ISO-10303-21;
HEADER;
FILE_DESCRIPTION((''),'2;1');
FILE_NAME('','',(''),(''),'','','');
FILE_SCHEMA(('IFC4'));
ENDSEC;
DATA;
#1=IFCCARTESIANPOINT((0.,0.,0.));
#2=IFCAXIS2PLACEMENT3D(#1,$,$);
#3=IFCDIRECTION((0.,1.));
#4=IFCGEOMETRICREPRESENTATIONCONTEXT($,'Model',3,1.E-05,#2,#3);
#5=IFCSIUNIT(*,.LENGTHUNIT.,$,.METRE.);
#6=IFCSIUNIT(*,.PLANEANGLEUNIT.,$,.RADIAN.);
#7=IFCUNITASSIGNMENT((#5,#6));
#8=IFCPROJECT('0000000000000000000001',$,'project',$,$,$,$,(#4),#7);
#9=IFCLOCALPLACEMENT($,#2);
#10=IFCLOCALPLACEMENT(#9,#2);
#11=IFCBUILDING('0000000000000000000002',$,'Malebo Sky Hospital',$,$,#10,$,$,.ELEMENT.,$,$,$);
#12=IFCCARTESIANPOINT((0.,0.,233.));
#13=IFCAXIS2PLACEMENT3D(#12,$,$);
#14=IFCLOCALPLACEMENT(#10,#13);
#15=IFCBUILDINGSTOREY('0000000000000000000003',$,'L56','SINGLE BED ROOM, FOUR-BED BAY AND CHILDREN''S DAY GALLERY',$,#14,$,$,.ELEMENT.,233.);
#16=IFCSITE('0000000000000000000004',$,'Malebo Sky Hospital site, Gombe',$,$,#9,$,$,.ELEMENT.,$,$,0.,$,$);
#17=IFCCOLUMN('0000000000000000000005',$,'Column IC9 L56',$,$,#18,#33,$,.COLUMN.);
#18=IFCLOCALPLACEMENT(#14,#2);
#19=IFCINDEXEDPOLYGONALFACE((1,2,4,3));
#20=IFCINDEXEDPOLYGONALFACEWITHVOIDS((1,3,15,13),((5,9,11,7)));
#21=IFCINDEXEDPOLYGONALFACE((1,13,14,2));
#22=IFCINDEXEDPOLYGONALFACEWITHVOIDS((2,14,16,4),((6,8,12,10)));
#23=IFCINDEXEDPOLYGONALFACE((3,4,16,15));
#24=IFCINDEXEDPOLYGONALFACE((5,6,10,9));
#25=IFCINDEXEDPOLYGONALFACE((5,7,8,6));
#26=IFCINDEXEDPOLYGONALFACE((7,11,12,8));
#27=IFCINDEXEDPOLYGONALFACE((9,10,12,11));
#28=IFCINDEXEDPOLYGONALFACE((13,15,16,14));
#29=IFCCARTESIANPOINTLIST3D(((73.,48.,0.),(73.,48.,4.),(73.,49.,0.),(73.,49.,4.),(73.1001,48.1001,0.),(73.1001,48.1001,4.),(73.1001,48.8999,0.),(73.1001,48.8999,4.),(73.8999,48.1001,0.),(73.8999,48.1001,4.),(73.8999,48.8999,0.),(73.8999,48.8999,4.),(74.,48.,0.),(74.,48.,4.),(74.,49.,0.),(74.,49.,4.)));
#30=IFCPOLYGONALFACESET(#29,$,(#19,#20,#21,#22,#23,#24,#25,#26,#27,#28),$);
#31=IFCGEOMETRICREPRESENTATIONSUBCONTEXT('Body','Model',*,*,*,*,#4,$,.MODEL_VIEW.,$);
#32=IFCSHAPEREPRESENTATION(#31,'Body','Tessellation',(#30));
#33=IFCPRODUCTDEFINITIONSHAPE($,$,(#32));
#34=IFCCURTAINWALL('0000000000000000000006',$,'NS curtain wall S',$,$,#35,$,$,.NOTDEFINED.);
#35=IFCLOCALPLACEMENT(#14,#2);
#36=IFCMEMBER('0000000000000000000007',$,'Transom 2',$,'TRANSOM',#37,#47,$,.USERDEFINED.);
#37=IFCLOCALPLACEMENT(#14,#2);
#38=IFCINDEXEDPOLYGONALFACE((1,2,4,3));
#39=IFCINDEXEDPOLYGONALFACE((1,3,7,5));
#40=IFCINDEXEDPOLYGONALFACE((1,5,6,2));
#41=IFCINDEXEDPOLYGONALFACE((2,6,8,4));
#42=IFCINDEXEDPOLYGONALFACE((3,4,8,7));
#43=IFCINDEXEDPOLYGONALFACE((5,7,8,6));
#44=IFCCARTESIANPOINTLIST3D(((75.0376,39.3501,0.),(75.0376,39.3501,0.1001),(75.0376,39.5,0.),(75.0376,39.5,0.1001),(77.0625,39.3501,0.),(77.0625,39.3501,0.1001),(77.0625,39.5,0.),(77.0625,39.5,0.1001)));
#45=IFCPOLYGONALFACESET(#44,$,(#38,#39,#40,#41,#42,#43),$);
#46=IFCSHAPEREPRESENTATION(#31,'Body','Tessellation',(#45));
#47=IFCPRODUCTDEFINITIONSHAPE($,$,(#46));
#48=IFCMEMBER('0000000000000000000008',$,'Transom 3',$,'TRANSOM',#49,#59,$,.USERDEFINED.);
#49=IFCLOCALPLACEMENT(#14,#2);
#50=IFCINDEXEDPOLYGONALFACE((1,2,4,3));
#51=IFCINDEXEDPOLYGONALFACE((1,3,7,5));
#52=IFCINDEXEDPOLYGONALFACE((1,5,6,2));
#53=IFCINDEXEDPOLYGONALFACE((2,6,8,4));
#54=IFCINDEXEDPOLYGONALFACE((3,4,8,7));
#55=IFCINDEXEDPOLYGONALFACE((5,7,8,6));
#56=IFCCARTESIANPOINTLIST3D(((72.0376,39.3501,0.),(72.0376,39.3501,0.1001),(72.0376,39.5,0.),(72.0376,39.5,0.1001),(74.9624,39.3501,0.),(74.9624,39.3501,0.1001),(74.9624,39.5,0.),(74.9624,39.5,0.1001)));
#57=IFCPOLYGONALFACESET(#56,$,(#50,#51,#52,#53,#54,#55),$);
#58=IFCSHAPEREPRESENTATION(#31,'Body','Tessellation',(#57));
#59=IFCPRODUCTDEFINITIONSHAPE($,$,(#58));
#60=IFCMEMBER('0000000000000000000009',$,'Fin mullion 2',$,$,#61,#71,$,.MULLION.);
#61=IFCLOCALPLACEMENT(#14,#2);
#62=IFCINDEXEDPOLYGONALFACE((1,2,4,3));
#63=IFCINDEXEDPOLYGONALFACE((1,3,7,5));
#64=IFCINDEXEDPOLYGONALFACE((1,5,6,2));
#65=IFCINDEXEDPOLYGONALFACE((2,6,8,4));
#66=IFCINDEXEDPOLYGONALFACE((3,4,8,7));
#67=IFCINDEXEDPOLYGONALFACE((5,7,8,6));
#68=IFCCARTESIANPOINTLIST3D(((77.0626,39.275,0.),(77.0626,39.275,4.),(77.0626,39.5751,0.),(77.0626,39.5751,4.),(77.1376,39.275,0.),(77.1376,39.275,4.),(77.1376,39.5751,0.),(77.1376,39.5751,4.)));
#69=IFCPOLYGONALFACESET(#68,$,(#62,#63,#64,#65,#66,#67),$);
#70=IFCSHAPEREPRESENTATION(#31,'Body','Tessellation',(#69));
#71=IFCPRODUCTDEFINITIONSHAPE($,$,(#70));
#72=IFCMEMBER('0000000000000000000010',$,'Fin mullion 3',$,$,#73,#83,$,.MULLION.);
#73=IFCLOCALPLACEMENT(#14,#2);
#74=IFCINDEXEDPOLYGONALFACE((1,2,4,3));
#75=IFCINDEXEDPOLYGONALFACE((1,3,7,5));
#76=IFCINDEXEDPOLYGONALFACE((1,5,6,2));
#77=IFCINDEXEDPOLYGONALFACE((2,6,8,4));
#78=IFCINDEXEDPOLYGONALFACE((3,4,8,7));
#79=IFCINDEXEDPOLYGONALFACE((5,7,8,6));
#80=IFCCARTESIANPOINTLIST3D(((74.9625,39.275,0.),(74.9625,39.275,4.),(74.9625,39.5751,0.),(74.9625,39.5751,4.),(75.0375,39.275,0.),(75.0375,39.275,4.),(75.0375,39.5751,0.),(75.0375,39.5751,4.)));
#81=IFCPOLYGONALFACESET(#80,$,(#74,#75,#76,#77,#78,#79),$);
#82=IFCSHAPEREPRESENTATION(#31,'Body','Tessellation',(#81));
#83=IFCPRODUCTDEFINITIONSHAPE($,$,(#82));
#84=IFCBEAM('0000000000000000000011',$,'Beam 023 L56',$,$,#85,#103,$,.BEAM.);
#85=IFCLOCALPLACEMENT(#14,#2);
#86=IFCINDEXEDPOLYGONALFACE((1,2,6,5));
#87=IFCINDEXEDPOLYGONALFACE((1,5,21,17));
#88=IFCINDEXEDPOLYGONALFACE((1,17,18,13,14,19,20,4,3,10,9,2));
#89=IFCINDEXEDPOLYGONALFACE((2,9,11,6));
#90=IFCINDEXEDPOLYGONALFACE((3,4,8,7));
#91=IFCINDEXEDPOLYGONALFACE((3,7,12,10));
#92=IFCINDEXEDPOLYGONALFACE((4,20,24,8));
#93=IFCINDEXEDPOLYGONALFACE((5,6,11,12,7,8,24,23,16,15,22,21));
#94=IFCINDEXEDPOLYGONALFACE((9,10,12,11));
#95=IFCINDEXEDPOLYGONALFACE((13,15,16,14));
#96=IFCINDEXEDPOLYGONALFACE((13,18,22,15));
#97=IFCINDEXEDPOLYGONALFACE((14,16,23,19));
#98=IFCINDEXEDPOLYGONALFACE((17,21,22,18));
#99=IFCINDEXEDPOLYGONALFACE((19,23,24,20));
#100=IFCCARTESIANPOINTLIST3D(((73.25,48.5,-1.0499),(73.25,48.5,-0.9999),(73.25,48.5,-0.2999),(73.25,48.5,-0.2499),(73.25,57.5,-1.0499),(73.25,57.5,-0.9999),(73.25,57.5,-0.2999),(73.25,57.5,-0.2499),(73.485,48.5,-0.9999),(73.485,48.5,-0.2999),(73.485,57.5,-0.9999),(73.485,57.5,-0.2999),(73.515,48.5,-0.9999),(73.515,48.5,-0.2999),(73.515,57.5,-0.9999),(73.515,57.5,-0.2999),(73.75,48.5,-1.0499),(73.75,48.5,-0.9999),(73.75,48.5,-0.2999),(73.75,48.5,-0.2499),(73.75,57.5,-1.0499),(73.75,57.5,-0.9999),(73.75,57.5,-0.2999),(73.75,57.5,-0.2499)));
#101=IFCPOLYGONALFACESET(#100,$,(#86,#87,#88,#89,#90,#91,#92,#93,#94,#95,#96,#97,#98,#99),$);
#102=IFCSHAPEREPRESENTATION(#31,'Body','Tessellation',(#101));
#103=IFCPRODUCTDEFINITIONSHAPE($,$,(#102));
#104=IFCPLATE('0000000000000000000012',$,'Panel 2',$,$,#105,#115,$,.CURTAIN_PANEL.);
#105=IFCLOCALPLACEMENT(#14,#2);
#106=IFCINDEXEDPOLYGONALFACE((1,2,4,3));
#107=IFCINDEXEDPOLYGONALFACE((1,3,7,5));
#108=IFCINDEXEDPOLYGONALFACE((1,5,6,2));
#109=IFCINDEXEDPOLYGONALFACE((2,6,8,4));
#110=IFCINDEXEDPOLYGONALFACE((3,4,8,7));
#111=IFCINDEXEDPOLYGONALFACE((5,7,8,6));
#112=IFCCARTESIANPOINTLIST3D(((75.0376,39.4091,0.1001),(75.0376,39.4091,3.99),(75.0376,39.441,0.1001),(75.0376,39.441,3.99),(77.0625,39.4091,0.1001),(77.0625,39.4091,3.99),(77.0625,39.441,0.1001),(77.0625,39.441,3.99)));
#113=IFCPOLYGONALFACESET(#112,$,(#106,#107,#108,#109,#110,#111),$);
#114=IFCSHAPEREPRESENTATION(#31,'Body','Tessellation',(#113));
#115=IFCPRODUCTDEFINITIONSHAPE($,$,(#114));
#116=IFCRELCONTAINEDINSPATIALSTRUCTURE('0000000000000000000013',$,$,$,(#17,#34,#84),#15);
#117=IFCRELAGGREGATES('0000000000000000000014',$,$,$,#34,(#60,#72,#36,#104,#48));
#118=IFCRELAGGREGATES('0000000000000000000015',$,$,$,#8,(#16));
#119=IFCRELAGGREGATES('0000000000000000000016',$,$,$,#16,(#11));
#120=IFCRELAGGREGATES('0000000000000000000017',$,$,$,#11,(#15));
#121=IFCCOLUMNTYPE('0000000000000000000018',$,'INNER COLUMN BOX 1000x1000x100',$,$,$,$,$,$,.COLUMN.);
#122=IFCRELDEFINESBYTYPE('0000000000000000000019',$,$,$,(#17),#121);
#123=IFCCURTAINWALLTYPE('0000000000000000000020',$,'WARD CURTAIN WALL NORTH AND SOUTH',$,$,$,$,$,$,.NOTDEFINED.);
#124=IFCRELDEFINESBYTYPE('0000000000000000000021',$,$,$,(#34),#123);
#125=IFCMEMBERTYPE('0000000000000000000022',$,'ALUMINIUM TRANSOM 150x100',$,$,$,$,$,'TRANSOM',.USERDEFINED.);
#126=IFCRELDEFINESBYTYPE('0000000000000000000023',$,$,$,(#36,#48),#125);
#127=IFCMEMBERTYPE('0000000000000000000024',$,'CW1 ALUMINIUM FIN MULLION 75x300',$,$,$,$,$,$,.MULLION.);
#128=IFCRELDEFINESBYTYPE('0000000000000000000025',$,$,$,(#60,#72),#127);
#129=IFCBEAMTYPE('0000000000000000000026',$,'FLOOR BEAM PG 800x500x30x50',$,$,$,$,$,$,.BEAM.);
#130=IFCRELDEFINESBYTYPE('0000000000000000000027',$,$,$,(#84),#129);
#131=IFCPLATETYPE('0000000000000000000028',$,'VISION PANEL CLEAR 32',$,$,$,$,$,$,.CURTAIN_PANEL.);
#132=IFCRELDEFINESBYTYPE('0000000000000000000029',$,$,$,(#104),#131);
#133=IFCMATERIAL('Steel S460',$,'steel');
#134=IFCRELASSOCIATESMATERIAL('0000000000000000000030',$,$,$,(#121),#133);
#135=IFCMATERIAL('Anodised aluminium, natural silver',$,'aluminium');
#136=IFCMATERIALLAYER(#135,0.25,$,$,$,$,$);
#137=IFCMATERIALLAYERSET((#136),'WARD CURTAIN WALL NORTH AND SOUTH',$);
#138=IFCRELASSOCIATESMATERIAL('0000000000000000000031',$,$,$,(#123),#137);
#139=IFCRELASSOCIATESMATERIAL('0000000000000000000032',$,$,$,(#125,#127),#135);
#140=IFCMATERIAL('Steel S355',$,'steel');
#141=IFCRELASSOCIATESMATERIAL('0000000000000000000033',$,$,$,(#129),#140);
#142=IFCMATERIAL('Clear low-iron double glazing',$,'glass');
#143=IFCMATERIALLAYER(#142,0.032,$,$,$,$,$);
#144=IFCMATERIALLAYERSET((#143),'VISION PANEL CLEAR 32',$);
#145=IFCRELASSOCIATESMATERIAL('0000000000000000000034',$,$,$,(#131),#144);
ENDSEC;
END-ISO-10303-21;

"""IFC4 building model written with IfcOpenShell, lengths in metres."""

from ifc_helpers import new_model, si_unit, direction, frame, origin, origin_2d, place, context, subcontext, project, spatial, rectangle, hollow_rectangle, i_section, extrude, material, layer, layer_set, material_profile, profile_set, type_object, element, aggregate, save


model = new_model("IFC4")

# Units and contexts
model_context = context("Model", 3, precision=1e-05, world=origin(), true_north=direction((0.0, 1.0)))
body_context = subcontext(model_context, "Body", "Model", "MODEL_VIEW")
ifc_project = project(units=[si_unit("LENGTHUNIT", "METRE"), si_unit("PLANEANGLEUNIT", "RADIAN")], contexts=[model_context])

# Site, building, storey
site_placement = place(None, origin())
site = spatial("IfcSite", under=ifc_project, at=site_placement, Name="Malebo Sky Hospital site, Gombe", CompositionType="ELEMENT", RefElevation=0.0)
building_placement = place(site_placement, origin())
building = spatial("IfcBuilding", under=site, at=building_placement, Name="Malebo Sky Hospital", CompositionType="ELEMENT")
storey_placement = place(building_placement, frame((0.0, 0.0, 233.0)))
storey = spatial("IfcBuildingStorey", under=building, at=storey_placement, Name="L56", Description="SINGLE BED ROOM, FOUR-BED BAY AND CHILDREN'S DAY GALLERY", CompositionType="ELEMENT", Elevation=233.0)

# Column
ifc_material_1 = material(Name="Steel S460", Category="steel")
ifc_material_profile_1 = material_profile(ifc_material_1, hollow_rectangle(XDim=1.0, YDim=1.0, WallThickness=0.1001, at=origin_2d()), Name="BOX 1000x1000x100")
ifc_profile_set_1 = profile_set([ifc_material_profile_1], Name="Steel S460")
column_type = type_object("IfcColumnType", Name="INNER COLUMN BOX 1000x1000x100", PredefinedType="COLUMN", material=ifc_profile_set_1)
column_placement = place(storey_placement, frame((73.5, 48.5, 0.0), z_axis=(0.0, 0.0, 1.0), x_axis=(1.0, 0.0, 0.0)))
element("IfcColumn", 1, at=column_placement, inside=storey, type_object=column_type, Name="Column IC9 L56", PredefinedType="COLUMN", context=body_context, shape_type="SweptSolid", body=[
    extrude(hollow_rectangle(XDim=1.0, YDim=1.0, WallThickness=0.1001, at=origin_2d()), origin(), (0.0, 0.0, 1.0), 4.0),
])

# Curtain wall, members
ifc_material_2 = material(Name="Anodised aluminium, natural silver", Category="aluminium")
ifc_layer_1 = layer(ifc_material_2, 0.25)
ifc_layer_set_1 = layer_set([ifc_layer_1], Name="WARD CURTAIN WALL NORTH AND SOUTH")
curtain_wall_type = type_object("IfcCurtainWallType", Name="WARD CURTAIN WALL NORTH AND SOUTH", PredefinedType="NOTDEFINED", material=ifc_layer_set_1)
curtain_wall_placement = place(storey_placement, origin())
curtain_wall = element("IfcCurtainWall", 2, at=curtain_wall_placement, inside=storey, type_object=curtain_wall_type, Name="NS curtain wall S", PredefinedType="NOTDEFINED")
ifc_material_profile_2 = material_profile(ifc_material_2, rectangle(XDim=0.1499, YDim=0.1001, at=origin_2d()), Name="ALUMINIUM TRANSOM 150x100")
ifc_profile_set_2 = profile_set([ifc_material_profile_2], Name="Anodised aluminium, natural silver")
member_type_1 = type_object("IfcMemberType", Name="ALUMINIUM TRANSOM 150x100", ElementType="TRANSOM", PredefinedType="USERDEFINED", material=ifc_profile_set_2)
member_1_placement = place(storey_placement, frame((77.0625, 39.425, 0.05), z_axis=(-1.0, 0.0, 0.0), x_axis=(0.0, -1.0, 0.0)))
member_1 = element("IfcMember", 3, at=member_1_placement, type_object=member_type_1, Name="Transom 2", ObjectType="TRANSOM", PredefinedType="USERDEFINED", context=body_context, shape_type="SweptSolid", body=[
    extrude(rectangle(XDim=0.1499, YDim=0.1001, at=origin_2d()), origin(), (0.0, 0.0, 1.0), 2.0249),
])
member_2_placement = place(storey_placement, frame((74.9624, 39.425, 0.05), z_axis=(-1.0, 0.0, 0.0), x_axis=(0.0, -1.0, 0.0)))
member_2 = element("IfcMember", 4, at=member_2_placement, type_object=member_type_1, Name="Transom 3", ObjectType="TRANSOM", PredefinedType="USERDEFINED", context=body_context, shape_type="SweptSolid", body=[
    extrude(rectangle(XDim=0.1499, YDim=0.1001, at=origin_2d()), origin(), (0.0, 0.0, 1.0), 2.9248),
])
ifc_material_profile_3 = material_profile(ifc_material_2, rectangle(XDim=0.075, YDim=0.3, at=origin_2d()), Name="CW1 ALUMINIUM FIN MULLION 75x300")
ifc_profile_set_3 = profile_set([ifc_material_profile_3], Name="Anodised aluminium, natural silver")
member_type_2 = type_object("IfcMemberType", Name="CW1 ALUMINIUM FIN MULLION 75x300", PredefinedType="MULLION", material=ifc_profile_set_3)
member_3_placement = place(storey_placement, frame((77.1001, 39.425, 0.0), z_axis=(0.0, 0.0, 1.0), x_axis=(-1.0, 0.0, 0.0)))
member_3 = element("IfcMember", 5, at=member_3_placement, type_object=member_type_2, Name="Fin mullion 2", PredefinedType="MULLION", context=body_context, shape_type="SweptSolid", body=[
    extrude(rectangle(XDim=0.075, YDim=0.3, at=origin_2d()), origin(), (0.0, 0.0, 1.0), 4.0),
])
member_4_placement = place(storey_placement, frame((75.0, 39.425, 0.0), z_axis=(0.0, 0.0, 1.0), x_axis=(-1.0, 0.0, 0.0)))
member_4 = element("IfcMember", 6, at=member_4_placement, type_object=member_type_2, Name="Fin mullion 3", PredefinedType="MULLION", context=body_context, shape_type="SweptSolid", body=[
    extrude(rectangle(XDim=0.075, YDim=0.3, at=origin_2d()), origin(), (0.0, 0.0, 1.0), 4.0),
])

# Beam
ifc_material_3 = material(Name="Steel S355", Category="steel")
ifc_material_profile_4 = material_profile(ifc_material_3, i_section(OverallWidth=0.5, OverallDepth=0.8, WebThickness=0.03, FlangeThickness=0.05, at=origin_2d()), Name="PG 800x500x30x50")
ifc_profile_set_4 = profile_set([ifc_material_profile_4], Name="Steel S355")
beam_type = type_object("IfcBeamType", Name="FLOOR BEAM PG 800x500x30x50", PredefinedType="BEAM", material=ifc_profile_set_4)
beam_placement = place(storey_placement, frame((73.5, 48.5, -0.6499), z_axis=(0.0, 1.0, 0.0), x_axis=(-1.0, 0.0, 0.0)))
element("IfcBeam", 7, at=beam_placement, inside=storey, type_object=beam_type, Name="Beam 023 L56", PredefinedType="BEAM", context=body_context, shape_type="SweptSolid", body=[
    extrude(i_section(OverallWidth=0.5, OverallDepth=0.8, WebThickness=0.03, FlangeThickness=0.05, at=origin_2d()), origin(), (0.0, 0.0, 1.0), 9.0),
])

# Plate
ifc_material_4 = material(Name="Clear low-iron double glazing", Category="glass")
ifc_layer_2 = layer(ifc_material_4, 0.032)
ifc_layer_set_2 = layer_set([ifc_layer_2], Name="VISION PANEL CLEAR 32")
plate_type = type_object("IfcPlateType", Name="VISION PANEL CLEAR 32", PredefinedType="CURTAIN_PANEL", material=ifc_layer_set_2)
plate_placement = place(storey_placement, frame((76.05, 39.425, 0.1001), z_axis=(0.0, 0.0, 1.0), x_axis=(-1.0, 0.0, 0.0)))
plate = element("IfcPlate", 8, at=plate_placement, type_object=plate_type, Name="Panel 2", PredefinedType="CURTAIN_PANEL", context=body_context, shape_type="SweptSolid", body=[
    extrude(rectangle(XDim=2.0249, YDim=0.032, at=origin_2d()), origin(), (0.0, 0.0, 1.0), 3.8899),
])
aggregate(curtain_wall, [member_3, member_4, member_1, plate, member_2])

save(model, "model.ifc")
